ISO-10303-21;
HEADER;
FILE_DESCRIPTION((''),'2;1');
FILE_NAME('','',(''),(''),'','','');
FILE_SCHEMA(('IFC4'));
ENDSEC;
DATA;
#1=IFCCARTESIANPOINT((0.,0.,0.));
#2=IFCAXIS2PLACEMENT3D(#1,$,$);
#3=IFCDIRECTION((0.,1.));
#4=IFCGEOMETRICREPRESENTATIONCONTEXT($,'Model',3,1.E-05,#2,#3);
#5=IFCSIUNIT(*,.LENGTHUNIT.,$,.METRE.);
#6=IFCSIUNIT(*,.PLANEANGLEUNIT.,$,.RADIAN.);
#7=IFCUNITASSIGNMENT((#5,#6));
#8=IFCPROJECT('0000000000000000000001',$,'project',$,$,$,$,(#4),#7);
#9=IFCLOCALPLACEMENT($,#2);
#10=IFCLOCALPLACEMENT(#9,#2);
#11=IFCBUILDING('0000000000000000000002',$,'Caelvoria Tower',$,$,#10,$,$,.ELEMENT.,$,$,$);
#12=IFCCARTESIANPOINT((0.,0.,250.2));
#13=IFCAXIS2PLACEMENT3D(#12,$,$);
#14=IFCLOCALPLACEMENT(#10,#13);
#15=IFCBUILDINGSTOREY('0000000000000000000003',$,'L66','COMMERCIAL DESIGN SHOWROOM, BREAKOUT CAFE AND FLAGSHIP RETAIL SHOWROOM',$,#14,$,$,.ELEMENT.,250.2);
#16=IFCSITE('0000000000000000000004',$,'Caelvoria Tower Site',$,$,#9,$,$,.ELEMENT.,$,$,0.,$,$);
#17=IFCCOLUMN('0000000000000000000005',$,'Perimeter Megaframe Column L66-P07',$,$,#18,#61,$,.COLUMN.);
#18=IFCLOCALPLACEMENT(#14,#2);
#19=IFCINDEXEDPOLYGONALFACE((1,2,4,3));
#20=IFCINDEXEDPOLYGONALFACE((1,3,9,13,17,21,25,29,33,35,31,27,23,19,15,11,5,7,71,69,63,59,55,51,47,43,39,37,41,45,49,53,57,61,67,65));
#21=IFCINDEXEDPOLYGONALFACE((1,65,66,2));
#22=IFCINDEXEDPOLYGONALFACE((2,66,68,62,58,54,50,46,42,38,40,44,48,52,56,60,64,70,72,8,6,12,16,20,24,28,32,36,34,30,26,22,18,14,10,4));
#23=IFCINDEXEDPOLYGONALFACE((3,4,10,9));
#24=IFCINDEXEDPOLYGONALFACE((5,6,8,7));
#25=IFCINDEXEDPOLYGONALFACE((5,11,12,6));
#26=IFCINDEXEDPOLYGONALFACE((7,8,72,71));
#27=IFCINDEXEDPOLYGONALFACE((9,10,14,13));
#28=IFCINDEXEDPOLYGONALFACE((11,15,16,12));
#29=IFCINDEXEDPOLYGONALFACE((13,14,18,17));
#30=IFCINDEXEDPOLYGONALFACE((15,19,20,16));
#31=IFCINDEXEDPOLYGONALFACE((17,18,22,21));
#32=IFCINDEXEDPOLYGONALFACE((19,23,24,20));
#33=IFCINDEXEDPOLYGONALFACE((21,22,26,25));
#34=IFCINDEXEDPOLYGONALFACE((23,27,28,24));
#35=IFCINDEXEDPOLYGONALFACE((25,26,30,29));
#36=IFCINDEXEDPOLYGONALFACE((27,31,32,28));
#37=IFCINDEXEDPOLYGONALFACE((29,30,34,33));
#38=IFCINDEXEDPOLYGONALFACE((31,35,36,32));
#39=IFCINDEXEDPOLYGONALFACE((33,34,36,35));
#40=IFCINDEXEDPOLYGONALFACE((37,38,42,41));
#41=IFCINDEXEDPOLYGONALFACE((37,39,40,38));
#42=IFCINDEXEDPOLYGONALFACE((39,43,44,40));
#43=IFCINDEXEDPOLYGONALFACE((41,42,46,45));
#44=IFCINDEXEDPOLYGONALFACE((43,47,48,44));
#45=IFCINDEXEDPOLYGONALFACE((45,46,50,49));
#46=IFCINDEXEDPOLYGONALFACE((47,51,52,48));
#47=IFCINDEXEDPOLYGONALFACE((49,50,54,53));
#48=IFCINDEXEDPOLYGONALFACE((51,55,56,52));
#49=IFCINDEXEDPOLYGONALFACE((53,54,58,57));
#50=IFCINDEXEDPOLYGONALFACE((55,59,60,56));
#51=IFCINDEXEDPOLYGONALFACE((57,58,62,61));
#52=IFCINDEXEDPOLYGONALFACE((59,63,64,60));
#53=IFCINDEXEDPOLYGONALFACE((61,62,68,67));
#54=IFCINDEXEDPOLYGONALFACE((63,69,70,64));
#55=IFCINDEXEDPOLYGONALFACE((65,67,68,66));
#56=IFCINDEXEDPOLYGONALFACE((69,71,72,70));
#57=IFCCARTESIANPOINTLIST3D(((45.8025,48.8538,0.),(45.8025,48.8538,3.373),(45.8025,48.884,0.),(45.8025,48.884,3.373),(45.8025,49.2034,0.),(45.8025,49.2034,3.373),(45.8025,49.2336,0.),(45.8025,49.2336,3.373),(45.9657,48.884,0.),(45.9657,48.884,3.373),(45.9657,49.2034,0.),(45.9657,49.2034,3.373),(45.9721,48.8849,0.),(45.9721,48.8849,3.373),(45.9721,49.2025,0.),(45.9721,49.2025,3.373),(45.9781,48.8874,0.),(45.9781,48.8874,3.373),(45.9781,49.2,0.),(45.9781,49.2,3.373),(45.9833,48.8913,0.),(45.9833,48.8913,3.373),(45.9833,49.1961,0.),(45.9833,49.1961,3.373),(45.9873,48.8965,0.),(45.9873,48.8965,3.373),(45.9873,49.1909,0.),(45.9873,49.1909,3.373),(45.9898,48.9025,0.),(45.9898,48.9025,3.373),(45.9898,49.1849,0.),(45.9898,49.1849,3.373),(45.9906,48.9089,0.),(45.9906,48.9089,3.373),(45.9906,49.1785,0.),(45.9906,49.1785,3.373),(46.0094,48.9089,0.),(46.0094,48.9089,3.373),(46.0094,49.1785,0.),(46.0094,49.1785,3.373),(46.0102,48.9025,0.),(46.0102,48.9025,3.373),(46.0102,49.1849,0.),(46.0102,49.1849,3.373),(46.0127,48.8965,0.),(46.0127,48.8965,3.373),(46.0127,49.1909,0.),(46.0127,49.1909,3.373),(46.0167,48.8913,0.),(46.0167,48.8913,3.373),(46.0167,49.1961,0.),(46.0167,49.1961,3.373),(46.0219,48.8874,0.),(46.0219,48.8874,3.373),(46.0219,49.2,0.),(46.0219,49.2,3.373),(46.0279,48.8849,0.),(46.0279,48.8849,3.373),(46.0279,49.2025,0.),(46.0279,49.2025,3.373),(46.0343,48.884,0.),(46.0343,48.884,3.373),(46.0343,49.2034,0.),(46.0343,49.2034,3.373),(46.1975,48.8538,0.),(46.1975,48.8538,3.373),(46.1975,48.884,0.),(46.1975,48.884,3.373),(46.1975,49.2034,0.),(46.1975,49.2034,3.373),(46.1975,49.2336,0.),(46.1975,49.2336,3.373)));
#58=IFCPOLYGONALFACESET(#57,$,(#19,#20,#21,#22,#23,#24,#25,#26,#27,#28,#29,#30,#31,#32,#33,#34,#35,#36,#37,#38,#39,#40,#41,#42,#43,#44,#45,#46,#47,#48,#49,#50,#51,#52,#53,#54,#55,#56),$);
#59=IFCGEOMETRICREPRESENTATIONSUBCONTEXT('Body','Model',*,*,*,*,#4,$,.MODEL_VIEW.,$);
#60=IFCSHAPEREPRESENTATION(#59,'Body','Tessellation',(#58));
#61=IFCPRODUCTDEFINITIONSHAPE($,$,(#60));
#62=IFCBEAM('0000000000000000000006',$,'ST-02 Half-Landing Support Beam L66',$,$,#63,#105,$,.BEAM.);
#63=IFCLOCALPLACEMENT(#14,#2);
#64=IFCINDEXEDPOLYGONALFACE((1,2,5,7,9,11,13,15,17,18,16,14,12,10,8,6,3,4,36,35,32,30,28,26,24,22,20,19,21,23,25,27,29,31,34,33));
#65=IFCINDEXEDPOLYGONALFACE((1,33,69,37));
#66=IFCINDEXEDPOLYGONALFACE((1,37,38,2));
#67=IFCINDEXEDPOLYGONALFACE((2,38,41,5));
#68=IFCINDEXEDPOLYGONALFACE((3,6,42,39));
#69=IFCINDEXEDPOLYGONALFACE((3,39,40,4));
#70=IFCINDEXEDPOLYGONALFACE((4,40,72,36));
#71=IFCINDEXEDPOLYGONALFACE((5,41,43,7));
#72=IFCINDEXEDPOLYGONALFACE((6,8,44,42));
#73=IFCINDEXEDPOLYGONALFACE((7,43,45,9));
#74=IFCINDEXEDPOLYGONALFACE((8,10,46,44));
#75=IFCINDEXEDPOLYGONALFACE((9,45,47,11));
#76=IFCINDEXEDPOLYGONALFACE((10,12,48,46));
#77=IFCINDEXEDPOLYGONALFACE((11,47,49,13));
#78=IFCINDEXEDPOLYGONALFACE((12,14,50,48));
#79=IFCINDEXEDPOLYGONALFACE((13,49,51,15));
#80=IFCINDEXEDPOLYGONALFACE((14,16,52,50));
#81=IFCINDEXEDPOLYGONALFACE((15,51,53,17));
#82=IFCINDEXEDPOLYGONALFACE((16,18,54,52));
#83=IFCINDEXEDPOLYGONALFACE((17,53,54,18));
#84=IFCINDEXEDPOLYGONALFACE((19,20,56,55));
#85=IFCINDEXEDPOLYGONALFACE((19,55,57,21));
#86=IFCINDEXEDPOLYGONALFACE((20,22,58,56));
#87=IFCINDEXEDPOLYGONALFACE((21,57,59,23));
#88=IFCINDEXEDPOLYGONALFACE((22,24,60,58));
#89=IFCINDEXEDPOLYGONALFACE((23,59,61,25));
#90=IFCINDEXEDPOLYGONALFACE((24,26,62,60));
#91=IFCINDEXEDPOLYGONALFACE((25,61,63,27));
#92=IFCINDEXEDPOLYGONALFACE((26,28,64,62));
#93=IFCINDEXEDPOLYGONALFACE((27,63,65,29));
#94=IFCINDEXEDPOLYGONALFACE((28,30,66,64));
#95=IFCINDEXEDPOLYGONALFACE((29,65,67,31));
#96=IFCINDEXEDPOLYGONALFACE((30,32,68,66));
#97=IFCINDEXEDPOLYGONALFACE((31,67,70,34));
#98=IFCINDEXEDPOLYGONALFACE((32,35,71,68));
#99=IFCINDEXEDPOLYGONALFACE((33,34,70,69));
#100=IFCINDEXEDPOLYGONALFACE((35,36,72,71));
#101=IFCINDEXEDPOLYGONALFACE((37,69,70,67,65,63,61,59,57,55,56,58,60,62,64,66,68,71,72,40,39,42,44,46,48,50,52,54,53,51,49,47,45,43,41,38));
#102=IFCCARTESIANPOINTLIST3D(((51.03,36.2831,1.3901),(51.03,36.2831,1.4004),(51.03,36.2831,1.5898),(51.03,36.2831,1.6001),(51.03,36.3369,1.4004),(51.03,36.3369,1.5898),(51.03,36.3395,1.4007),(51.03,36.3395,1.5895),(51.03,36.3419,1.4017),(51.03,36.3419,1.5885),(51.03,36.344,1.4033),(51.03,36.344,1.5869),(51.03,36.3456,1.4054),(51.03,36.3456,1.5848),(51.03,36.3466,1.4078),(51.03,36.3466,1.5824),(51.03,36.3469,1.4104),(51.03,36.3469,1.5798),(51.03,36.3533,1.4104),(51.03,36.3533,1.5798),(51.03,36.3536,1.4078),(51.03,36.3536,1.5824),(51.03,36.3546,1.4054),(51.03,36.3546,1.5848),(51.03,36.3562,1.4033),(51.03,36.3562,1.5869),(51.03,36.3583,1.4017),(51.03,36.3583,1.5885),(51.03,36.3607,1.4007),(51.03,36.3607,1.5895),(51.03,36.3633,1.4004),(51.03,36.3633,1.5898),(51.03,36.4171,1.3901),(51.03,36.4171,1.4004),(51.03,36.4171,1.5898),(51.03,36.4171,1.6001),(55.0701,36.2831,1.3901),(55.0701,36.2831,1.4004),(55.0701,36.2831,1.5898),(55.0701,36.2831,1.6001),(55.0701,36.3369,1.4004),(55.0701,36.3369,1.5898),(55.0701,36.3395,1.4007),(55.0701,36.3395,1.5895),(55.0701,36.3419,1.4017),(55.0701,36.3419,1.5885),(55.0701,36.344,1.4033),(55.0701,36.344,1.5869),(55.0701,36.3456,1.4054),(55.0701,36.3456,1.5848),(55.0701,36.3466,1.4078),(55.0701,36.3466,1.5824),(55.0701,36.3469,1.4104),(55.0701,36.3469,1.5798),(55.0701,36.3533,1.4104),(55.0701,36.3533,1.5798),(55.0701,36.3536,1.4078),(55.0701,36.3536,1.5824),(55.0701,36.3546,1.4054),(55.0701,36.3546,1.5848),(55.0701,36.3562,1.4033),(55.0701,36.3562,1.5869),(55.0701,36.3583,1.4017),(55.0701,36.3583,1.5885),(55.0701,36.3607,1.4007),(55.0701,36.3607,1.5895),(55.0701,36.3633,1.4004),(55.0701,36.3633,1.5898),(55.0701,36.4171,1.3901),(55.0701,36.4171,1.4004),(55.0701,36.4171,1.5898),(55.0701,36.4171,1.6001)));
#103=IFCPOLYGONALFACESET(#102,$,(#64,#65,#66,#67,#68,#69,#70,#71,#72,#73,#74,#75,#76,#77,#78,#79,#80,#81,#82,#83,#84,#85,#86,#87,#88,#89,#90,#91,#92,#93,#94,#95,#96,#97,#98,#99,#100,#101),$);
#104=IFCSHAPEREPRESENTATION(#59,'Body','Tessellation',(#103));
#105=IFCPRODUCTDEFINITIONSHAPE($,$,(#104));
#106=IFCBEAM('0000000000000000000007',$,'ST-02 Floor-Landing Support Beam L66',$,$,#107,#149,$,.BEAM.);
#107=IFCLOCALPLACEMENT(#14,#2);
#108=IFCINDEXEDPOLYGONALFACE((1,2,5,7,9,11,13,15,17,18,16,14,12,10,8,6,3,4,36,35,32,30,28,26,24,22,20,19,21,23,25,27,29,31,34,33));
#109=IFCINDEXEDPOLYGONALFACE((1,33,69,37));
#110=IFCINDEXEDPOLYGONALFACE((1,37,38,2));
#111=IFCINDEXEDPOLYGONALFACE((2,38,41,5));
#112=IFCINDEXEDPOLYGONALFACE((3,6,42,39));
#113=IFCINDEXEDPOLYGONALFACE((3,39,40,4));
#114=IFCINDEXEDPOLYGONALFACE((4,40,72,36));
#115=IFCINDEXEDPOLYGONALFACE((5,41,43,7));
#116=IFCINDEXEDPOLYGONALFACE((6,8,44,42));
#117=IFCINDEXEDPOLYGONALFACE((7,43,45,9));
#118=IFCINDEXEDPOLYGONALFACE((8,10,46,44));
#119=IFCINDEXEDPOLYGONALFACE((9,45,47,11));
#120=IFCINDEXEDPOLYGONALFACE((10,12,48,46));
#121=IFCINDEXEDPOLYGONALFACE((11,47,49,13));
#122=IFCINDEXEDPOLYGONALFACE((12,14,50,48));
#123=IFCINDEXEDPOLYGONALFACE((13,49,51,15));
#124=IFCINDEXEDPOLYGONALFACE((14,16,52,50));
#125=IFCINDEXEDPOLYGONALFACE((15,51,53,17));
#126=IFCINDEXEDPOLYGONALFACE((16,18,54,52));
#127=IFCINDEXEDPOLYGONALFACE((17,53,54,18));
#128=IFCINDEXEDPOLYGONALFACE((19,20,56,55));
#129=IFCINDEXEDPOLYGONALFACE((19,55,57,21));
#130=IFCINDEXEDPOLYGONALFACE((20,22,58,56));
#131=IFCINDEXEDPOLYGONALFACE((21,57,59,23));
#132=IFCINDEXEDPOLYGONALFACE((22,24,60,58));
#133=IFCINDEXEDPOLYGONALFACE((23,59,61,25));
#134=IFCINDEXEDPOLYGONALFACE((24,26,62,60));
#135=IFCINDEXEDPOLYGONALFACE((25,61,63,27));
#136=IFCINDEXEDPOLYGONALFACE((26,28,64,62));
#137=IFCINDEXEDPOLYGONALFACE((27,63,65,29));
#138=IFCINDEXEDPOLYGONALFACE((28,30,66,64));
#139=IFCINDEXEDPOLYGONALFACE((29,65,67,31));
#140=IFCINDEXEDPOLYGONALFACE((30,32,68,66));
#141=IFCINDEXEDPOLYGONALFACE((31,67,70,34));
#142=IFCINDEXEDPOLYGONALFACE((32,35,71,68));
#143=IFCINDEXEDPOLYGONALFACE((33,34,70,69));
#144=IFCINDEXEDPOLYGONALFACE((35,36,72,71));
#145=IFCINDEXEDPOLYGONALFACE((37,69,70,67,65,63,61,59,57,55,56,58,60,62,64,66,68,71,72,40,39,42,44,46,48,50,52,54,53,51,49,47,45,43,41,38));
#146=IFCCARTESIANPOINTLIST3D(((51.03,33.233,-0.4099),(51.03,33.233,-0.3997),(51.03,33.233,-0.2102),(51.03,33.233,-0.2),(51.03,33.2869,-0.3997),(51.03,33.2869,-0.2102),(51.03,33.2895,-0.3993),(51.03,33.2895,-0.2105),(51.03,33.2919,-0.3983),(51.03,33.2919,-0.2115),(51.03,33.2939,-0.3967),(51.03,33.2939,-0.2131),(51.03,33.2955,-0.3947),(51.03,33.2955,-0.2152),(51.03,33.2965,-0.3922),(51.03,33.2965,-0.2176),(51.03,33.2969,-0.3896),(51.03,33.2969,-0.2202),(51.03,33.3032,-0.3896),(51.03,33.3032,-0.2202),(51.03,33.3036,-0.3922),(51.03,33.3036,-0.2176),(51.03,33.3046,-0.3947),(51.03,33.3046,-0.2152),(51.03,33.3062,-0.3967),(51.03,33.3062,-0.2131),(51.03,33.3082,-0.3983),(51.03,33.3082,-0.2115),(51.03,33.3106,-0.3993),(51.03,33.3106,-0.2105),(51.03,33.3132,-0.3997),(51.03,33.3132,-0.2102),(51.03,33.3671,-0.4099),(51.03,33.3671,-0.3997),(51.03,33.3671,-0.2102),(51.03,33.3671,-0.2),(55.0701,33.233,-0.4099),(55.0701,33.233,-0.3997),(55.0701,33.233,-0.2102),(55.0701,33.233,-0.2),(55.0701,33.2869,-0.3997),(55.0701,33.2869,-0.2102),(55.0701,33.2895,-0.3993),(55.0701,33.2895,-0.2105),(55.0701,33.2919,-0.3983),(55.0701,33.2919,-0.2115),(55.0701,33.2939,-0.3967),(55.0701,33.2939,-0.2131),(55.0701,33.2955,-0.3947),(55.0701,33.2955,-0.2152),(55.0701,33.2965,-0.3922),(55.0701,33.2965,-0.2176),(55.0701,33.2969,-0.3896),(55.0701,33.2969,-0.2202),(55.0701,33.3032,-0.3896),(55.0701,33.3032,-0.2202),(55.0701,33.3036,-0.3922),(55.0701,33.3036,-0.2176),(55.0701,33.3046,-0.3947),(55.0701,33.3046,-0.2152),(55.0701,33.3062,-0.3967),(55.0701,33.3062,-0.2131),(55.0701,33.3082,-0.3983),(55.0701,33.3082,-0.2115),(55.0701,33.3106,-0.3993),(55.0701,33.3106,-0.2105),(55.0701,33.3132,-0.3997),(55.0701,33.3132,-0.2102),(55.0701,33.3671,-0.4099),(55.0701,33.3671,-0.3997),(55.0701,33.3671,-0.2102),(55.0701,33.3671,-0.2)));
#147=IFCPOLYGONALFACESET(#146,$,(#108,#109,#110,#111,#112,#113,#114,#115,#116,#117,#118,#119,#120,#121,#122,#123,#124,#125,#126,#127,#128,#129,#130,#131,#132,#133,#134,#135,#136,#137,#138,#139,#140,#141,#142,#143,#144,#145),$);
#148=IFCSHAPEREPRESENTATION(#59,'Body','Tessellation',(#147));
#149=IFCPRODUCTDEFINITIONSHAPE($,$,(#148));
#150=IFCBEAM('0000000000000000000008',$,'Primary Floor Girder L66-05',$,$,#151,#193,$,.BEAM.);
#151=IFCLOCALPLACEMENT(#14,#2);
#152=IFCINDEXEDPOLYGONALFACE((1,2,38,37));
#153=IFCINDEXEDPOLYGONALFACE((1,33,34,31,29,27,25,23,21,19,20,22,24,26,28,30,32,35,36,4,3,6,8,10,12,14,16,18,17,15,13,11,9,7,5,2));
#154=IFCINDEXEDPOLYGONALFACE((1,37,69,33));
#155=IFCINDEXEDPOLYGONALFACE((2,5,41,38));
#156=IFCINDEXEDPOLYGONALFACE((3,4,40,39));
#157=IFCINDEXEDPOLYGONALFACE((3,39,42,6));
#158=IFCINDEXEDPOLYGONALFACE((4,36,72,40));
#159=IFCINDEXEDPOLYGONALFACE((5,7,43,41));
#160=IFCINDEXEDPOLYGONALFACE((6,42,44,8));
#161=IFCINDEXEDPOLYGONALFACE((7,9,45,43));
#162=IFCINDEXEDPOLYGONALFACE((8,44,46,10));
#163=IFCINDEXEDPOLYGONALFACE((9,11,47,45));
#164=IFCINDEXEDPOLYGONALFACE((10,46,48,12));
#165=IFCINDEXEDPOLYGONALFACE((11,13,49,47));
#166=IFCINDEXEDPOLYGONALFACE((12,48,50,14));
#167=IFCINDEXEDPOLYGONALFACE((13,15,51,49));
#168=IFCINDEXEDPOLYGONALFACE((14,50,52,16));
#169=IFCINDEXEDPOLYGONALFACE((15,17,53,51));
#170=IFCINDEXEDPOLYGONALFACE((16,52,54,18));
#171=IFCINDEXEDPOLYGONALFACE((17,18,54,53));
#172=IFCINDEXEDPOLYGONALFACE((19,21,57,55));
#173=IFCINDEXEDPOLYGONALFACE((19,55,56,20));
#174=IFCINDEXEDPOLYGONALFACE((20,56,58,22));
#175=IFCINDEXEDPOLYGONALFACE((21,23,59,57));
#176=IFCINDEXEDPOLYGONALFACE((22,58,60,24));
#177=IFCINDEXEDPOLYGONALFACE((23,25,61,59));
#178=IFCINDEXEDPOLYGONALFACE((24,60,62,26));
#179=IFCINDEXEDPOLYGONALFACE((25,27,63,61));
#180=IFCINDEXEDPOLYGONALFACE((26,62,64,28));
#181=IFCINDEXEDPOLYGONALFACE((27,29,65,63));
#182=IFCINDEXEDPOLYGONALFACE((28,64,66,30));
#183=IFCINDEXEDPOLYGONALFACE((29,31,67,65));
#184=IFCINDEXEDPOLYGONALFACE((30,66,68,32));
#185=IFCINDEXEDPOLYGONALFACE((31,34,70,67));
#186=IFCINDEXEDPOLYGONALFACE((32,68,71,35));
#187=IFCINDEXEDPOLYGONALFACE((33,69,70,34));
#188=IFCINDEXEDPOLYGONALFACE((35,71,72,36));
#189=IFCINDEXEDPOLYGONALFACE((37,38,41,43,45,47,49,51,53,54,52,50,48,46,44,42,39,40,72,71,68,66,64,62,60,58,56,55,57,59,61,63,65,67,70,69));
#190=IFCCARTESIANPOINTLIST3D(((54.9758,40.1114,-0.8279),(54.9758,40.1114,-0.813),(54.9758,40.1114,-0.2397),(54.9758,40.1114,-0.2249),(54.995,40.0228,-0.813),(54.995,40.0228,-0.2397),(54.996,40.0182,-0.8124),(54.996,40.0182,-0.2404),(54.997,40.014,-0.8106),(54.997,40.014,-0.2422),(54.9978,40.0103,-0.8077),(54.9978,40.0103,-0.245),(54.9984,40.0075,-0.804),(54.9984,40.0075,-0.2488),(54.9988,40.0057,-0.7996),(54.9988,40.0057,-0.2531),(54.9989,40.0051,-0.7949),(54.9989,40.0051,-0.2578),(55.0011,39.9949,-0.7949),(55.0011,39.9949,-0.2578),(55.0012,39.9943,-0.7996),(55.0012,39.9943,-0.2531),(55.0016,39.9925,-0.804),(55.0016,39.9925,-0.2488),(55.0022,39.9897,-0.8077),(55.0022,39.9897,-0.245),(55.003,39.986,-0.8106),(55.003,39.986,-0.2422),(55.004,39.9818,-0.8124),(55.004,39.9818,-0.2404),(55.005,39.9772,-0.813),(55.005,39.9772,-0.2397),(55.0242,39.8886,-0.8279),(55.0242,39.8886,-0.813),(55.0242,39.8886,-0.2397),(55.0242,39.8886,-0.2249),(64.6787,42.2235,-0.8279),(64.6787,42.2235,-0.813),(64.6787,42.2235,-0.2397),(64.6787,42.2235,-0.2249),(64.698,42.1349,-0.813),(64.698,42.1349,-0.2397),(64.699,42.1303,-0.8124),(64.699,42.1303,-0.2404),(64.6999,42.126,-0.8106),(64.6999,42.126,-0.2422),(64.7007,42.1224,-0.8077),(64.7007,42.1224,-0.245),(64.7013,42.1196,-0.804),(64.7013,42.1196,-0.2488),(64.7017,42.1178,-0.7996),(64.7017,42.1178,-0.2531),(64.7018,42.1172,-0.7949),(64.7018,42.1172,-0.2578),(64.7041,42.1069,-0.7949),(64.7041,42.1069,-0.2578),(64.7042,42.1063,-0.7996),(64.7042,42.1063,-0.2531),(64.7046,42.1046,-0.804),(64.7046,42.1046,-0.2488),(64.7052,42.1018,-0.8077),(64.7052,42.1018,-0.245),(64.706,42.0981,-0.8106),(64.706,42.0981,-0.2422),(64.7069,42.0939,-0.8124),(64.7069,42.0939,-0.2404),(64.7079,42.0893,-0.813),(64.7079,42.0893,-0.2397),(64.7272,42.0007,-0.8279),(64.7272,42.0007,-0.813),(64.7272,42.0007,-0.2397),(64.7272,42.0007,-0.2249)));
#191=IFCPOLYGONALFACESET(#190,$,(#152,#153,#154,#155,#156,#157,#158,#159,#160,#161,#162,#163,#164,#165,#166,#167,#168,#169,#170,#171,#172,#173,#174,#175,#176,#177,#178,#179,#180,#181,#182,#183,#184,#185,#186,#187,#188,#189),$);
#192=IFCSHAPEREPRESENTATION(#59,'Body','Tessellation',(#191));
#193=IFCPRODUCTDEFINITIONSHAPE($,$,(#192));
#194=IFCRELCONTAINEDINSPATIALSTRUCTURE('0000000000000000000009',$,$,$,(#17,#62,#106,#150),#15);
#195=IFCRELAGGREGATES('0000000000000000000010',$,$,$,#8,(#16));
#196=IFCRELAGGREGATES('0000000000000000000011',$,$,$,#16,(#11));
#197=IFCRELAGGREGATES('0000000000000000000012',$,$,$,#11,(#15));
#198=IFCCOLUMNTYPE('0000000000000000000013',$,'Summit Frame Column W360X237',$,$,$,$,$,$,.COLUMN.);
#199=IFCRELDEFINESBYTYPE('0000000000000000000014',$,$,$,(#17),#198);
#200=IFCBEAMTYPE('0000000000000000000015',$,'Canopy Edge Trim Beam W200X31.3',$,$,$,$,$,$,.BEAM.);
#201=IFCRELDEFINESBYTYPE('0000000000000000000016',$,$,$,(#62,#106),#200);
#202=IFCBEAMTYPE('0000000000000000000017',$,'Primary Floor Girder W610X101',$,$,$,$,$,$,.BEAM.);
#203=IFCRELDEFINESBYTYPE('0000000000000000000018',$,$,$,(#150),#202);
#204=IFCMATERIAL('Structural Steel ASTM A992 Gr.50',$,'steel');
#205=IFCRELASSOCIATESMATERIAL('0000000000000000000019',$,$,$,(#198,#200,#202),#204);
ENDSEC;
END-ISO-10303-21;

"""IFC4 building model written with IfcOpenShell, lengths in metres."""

from ifc_helpers import new_model, si_unit, direction, frame, origin, origin_2d, place, context, subcontext, project, spatial, i_section, extrude, material, material_profile, profile_set, type_object, element, save


model = new_model("IFC4")

# Units and contexts
model_context = context("Model", 3, precision=1e-05, world=origin(), true_north=direction((0.0, 1.0)))
body_context = subcontext(model_context, "Body", "Model", "MODEL_VIEW")
ifc_project = project(units=[si_unit("LENGTHUNIT", "METRE"), si_unit("PLANEANGLEUNIT", "RADIAN")], contexts=[model_context])

# Site, building, storey
site_placement = place(None, origin())
site = spatial("IfcSite", under=ifc_project, at=site_placement, Name="Caelvoria Tower Site", CompositionType="ELEMENT", RefElevation=0.0)
building_placement = place(site_placement, origin())
building = spatial("IfcBuilding", under=site, at=building_placement, Name="Caelvoria Tower", CompositionType="ELEMENT")
storey_placement = place(building_placement, frame((0.0, 0.0, 250.2)))
storey = spatial("IfcBuildingStorey", under=building, at=storey_placement, Name="L66", Description="COMMERCIAL DESIGN SHOWROOM, BREAKOUT CAFE AND FLAGSHIP RETAIL SHOWROOM", CompositionType="ELEMENT", Elevation=250.2)

# Column
ifc_material_1 = material(Name="Structural Steel ASTM A992 Gr.50", Category="steel")
ifc_material_profile_1 = material_profile(ifc_material_1, i_section(OverallWidth=0.395, OverallDepth=0.3799, WebThickness=0.0188, FlangeThickness=0.0303, FilletRadius=0.0249, at=origin_2d()), Name="Structural Steel ASTM A992 Gr.50")
ifc_profile_set_1 = profile_set([ifc_material_profile_1], Name="W360X237 - Structural Steel ASTM A992 Gr.50")
column_type = type_object("IfcColumnType", Name="Summit Frame Column W360X237", PredefinedType="COLUMN", material=ifc_profile_set_1)
column_placement = place(storey_placement, frame((46.0, 49.0437, 0.0), z_axis=(0.0, 0.0, 1.0), x_axis=(1.0, 0.0, 0.0)))
element("IfcColumn", 1, at=column_placement, inside=storey, type_object=column_type, Name="Perimeter Megaframe Column L66-P07", PredefinedType="COLUMN", context=body_context, shape_type="SweptSolid", body=[
    extrude(i_section(OverallWidth=0.395, OverallDepth=0.3799, WebThickness=0.0188, FlangeThickness=0.0303, FilletRadius=0.0249, at=origin_2d()), origin(), (0.0, 0.0, 1.0), 3.373),
])

# Beams
ifc_material_profile_2 = material_profile(ifc_material_1, i_section(OverallWidth=0.134, OverallDepth=0.21, WebThickness=0.0063, FlangeThickness=0.0103, FilletRadius=0.01, at=origin_2d()), Name="Structural Steel ASTM A992 Gr.50")
ifc_profile_set_2 = profile_set([ifc_material_profile_2], Name="W200X31.3 - Structural Steel ASTM A992 Gr.50")
beam_type_1 = type_object("IfcBeamType", Name="Canopy Edge Trim Beam W200X31.3", PredefinedType="BEAM", material=ifc_profile_set_2)
for number, where, z_axis, x_axis, name in (
    (2, (51.03, 36.3501, 1.4951), (1.0, 0.0, 0.0), (0.0, 1.0, 0.0), "ST-02 Half-Landing Support Beam L66"),
    (3, (51.03, 33.3, -0.3049), (1.0, 0.0, 0.0), (0.0, 1.0, 0.0), "ST-02 Floor-Landing Support Beam L66"),
):
    element("IfcBeam", number, at=place(storey_placement, frame(where, z_axis=z_axis, x_axis=x_axis)), inside=storey, type_object=beam_type_1, Name=name, PredefinedType="BEAM", context=body_context, shape_type="SweptSolid", body=[
        extrude(i_section(OverallWidth=0.134, OverallDepth=0.21, WebThickness=0.0063, FlangeThickness=0.0103, FilletRadius=0.01, at=origin_2d()), origin(), (0.0, 0.0, 1.0), 4.04),
    ])
ifc_material_profile_3 = material_profile(ifc_material_1, i_section(OverallWidth=0.228, OverallDepth=0.603, WebThickness=0.0105, FlangeThickness=0.0149, FilletRadius=0.0181, at=origin_2d()), Name="Structural Steel ASTM A992 Gr.50")
ifc_profile_set_3 = profile_set([ifc_material_profile_3], Name="W610X101 - Structural Steel ASTM A992 Gr.50")
beam_type_2 = type_object("IfcBeamType", Name="Primary Floor Girder W610X101", PredefinedType="BEAM", material=ifc_profile_set_3)
beam_1_placement = place(storey_placement, frame((55.0, 40.0, -0.5264), z_axis=(0.977119, 0.212693, 0.0), x_axis=(-0.212693, 0.977119, 0.0)))
element("IfcBeam", 4, at=beam_1_placement, inside=storey, type_object=beam_type_2, Name="Primary Floor Girder L66-05", PredefinedType="BEAM", context=body_context, shape_type="SweptSolid", body=[
    extrude(i_section(OverallWidth=0.228, OverallDepth=0.603, WebThickness=0.0105, FlangeThickness=0.0149, FilletRadius=0.0181, at=origin_2d()), origin(), (0.0, 0.0, 1.0), 9.9302),
])

save(model, "model.ifc")
